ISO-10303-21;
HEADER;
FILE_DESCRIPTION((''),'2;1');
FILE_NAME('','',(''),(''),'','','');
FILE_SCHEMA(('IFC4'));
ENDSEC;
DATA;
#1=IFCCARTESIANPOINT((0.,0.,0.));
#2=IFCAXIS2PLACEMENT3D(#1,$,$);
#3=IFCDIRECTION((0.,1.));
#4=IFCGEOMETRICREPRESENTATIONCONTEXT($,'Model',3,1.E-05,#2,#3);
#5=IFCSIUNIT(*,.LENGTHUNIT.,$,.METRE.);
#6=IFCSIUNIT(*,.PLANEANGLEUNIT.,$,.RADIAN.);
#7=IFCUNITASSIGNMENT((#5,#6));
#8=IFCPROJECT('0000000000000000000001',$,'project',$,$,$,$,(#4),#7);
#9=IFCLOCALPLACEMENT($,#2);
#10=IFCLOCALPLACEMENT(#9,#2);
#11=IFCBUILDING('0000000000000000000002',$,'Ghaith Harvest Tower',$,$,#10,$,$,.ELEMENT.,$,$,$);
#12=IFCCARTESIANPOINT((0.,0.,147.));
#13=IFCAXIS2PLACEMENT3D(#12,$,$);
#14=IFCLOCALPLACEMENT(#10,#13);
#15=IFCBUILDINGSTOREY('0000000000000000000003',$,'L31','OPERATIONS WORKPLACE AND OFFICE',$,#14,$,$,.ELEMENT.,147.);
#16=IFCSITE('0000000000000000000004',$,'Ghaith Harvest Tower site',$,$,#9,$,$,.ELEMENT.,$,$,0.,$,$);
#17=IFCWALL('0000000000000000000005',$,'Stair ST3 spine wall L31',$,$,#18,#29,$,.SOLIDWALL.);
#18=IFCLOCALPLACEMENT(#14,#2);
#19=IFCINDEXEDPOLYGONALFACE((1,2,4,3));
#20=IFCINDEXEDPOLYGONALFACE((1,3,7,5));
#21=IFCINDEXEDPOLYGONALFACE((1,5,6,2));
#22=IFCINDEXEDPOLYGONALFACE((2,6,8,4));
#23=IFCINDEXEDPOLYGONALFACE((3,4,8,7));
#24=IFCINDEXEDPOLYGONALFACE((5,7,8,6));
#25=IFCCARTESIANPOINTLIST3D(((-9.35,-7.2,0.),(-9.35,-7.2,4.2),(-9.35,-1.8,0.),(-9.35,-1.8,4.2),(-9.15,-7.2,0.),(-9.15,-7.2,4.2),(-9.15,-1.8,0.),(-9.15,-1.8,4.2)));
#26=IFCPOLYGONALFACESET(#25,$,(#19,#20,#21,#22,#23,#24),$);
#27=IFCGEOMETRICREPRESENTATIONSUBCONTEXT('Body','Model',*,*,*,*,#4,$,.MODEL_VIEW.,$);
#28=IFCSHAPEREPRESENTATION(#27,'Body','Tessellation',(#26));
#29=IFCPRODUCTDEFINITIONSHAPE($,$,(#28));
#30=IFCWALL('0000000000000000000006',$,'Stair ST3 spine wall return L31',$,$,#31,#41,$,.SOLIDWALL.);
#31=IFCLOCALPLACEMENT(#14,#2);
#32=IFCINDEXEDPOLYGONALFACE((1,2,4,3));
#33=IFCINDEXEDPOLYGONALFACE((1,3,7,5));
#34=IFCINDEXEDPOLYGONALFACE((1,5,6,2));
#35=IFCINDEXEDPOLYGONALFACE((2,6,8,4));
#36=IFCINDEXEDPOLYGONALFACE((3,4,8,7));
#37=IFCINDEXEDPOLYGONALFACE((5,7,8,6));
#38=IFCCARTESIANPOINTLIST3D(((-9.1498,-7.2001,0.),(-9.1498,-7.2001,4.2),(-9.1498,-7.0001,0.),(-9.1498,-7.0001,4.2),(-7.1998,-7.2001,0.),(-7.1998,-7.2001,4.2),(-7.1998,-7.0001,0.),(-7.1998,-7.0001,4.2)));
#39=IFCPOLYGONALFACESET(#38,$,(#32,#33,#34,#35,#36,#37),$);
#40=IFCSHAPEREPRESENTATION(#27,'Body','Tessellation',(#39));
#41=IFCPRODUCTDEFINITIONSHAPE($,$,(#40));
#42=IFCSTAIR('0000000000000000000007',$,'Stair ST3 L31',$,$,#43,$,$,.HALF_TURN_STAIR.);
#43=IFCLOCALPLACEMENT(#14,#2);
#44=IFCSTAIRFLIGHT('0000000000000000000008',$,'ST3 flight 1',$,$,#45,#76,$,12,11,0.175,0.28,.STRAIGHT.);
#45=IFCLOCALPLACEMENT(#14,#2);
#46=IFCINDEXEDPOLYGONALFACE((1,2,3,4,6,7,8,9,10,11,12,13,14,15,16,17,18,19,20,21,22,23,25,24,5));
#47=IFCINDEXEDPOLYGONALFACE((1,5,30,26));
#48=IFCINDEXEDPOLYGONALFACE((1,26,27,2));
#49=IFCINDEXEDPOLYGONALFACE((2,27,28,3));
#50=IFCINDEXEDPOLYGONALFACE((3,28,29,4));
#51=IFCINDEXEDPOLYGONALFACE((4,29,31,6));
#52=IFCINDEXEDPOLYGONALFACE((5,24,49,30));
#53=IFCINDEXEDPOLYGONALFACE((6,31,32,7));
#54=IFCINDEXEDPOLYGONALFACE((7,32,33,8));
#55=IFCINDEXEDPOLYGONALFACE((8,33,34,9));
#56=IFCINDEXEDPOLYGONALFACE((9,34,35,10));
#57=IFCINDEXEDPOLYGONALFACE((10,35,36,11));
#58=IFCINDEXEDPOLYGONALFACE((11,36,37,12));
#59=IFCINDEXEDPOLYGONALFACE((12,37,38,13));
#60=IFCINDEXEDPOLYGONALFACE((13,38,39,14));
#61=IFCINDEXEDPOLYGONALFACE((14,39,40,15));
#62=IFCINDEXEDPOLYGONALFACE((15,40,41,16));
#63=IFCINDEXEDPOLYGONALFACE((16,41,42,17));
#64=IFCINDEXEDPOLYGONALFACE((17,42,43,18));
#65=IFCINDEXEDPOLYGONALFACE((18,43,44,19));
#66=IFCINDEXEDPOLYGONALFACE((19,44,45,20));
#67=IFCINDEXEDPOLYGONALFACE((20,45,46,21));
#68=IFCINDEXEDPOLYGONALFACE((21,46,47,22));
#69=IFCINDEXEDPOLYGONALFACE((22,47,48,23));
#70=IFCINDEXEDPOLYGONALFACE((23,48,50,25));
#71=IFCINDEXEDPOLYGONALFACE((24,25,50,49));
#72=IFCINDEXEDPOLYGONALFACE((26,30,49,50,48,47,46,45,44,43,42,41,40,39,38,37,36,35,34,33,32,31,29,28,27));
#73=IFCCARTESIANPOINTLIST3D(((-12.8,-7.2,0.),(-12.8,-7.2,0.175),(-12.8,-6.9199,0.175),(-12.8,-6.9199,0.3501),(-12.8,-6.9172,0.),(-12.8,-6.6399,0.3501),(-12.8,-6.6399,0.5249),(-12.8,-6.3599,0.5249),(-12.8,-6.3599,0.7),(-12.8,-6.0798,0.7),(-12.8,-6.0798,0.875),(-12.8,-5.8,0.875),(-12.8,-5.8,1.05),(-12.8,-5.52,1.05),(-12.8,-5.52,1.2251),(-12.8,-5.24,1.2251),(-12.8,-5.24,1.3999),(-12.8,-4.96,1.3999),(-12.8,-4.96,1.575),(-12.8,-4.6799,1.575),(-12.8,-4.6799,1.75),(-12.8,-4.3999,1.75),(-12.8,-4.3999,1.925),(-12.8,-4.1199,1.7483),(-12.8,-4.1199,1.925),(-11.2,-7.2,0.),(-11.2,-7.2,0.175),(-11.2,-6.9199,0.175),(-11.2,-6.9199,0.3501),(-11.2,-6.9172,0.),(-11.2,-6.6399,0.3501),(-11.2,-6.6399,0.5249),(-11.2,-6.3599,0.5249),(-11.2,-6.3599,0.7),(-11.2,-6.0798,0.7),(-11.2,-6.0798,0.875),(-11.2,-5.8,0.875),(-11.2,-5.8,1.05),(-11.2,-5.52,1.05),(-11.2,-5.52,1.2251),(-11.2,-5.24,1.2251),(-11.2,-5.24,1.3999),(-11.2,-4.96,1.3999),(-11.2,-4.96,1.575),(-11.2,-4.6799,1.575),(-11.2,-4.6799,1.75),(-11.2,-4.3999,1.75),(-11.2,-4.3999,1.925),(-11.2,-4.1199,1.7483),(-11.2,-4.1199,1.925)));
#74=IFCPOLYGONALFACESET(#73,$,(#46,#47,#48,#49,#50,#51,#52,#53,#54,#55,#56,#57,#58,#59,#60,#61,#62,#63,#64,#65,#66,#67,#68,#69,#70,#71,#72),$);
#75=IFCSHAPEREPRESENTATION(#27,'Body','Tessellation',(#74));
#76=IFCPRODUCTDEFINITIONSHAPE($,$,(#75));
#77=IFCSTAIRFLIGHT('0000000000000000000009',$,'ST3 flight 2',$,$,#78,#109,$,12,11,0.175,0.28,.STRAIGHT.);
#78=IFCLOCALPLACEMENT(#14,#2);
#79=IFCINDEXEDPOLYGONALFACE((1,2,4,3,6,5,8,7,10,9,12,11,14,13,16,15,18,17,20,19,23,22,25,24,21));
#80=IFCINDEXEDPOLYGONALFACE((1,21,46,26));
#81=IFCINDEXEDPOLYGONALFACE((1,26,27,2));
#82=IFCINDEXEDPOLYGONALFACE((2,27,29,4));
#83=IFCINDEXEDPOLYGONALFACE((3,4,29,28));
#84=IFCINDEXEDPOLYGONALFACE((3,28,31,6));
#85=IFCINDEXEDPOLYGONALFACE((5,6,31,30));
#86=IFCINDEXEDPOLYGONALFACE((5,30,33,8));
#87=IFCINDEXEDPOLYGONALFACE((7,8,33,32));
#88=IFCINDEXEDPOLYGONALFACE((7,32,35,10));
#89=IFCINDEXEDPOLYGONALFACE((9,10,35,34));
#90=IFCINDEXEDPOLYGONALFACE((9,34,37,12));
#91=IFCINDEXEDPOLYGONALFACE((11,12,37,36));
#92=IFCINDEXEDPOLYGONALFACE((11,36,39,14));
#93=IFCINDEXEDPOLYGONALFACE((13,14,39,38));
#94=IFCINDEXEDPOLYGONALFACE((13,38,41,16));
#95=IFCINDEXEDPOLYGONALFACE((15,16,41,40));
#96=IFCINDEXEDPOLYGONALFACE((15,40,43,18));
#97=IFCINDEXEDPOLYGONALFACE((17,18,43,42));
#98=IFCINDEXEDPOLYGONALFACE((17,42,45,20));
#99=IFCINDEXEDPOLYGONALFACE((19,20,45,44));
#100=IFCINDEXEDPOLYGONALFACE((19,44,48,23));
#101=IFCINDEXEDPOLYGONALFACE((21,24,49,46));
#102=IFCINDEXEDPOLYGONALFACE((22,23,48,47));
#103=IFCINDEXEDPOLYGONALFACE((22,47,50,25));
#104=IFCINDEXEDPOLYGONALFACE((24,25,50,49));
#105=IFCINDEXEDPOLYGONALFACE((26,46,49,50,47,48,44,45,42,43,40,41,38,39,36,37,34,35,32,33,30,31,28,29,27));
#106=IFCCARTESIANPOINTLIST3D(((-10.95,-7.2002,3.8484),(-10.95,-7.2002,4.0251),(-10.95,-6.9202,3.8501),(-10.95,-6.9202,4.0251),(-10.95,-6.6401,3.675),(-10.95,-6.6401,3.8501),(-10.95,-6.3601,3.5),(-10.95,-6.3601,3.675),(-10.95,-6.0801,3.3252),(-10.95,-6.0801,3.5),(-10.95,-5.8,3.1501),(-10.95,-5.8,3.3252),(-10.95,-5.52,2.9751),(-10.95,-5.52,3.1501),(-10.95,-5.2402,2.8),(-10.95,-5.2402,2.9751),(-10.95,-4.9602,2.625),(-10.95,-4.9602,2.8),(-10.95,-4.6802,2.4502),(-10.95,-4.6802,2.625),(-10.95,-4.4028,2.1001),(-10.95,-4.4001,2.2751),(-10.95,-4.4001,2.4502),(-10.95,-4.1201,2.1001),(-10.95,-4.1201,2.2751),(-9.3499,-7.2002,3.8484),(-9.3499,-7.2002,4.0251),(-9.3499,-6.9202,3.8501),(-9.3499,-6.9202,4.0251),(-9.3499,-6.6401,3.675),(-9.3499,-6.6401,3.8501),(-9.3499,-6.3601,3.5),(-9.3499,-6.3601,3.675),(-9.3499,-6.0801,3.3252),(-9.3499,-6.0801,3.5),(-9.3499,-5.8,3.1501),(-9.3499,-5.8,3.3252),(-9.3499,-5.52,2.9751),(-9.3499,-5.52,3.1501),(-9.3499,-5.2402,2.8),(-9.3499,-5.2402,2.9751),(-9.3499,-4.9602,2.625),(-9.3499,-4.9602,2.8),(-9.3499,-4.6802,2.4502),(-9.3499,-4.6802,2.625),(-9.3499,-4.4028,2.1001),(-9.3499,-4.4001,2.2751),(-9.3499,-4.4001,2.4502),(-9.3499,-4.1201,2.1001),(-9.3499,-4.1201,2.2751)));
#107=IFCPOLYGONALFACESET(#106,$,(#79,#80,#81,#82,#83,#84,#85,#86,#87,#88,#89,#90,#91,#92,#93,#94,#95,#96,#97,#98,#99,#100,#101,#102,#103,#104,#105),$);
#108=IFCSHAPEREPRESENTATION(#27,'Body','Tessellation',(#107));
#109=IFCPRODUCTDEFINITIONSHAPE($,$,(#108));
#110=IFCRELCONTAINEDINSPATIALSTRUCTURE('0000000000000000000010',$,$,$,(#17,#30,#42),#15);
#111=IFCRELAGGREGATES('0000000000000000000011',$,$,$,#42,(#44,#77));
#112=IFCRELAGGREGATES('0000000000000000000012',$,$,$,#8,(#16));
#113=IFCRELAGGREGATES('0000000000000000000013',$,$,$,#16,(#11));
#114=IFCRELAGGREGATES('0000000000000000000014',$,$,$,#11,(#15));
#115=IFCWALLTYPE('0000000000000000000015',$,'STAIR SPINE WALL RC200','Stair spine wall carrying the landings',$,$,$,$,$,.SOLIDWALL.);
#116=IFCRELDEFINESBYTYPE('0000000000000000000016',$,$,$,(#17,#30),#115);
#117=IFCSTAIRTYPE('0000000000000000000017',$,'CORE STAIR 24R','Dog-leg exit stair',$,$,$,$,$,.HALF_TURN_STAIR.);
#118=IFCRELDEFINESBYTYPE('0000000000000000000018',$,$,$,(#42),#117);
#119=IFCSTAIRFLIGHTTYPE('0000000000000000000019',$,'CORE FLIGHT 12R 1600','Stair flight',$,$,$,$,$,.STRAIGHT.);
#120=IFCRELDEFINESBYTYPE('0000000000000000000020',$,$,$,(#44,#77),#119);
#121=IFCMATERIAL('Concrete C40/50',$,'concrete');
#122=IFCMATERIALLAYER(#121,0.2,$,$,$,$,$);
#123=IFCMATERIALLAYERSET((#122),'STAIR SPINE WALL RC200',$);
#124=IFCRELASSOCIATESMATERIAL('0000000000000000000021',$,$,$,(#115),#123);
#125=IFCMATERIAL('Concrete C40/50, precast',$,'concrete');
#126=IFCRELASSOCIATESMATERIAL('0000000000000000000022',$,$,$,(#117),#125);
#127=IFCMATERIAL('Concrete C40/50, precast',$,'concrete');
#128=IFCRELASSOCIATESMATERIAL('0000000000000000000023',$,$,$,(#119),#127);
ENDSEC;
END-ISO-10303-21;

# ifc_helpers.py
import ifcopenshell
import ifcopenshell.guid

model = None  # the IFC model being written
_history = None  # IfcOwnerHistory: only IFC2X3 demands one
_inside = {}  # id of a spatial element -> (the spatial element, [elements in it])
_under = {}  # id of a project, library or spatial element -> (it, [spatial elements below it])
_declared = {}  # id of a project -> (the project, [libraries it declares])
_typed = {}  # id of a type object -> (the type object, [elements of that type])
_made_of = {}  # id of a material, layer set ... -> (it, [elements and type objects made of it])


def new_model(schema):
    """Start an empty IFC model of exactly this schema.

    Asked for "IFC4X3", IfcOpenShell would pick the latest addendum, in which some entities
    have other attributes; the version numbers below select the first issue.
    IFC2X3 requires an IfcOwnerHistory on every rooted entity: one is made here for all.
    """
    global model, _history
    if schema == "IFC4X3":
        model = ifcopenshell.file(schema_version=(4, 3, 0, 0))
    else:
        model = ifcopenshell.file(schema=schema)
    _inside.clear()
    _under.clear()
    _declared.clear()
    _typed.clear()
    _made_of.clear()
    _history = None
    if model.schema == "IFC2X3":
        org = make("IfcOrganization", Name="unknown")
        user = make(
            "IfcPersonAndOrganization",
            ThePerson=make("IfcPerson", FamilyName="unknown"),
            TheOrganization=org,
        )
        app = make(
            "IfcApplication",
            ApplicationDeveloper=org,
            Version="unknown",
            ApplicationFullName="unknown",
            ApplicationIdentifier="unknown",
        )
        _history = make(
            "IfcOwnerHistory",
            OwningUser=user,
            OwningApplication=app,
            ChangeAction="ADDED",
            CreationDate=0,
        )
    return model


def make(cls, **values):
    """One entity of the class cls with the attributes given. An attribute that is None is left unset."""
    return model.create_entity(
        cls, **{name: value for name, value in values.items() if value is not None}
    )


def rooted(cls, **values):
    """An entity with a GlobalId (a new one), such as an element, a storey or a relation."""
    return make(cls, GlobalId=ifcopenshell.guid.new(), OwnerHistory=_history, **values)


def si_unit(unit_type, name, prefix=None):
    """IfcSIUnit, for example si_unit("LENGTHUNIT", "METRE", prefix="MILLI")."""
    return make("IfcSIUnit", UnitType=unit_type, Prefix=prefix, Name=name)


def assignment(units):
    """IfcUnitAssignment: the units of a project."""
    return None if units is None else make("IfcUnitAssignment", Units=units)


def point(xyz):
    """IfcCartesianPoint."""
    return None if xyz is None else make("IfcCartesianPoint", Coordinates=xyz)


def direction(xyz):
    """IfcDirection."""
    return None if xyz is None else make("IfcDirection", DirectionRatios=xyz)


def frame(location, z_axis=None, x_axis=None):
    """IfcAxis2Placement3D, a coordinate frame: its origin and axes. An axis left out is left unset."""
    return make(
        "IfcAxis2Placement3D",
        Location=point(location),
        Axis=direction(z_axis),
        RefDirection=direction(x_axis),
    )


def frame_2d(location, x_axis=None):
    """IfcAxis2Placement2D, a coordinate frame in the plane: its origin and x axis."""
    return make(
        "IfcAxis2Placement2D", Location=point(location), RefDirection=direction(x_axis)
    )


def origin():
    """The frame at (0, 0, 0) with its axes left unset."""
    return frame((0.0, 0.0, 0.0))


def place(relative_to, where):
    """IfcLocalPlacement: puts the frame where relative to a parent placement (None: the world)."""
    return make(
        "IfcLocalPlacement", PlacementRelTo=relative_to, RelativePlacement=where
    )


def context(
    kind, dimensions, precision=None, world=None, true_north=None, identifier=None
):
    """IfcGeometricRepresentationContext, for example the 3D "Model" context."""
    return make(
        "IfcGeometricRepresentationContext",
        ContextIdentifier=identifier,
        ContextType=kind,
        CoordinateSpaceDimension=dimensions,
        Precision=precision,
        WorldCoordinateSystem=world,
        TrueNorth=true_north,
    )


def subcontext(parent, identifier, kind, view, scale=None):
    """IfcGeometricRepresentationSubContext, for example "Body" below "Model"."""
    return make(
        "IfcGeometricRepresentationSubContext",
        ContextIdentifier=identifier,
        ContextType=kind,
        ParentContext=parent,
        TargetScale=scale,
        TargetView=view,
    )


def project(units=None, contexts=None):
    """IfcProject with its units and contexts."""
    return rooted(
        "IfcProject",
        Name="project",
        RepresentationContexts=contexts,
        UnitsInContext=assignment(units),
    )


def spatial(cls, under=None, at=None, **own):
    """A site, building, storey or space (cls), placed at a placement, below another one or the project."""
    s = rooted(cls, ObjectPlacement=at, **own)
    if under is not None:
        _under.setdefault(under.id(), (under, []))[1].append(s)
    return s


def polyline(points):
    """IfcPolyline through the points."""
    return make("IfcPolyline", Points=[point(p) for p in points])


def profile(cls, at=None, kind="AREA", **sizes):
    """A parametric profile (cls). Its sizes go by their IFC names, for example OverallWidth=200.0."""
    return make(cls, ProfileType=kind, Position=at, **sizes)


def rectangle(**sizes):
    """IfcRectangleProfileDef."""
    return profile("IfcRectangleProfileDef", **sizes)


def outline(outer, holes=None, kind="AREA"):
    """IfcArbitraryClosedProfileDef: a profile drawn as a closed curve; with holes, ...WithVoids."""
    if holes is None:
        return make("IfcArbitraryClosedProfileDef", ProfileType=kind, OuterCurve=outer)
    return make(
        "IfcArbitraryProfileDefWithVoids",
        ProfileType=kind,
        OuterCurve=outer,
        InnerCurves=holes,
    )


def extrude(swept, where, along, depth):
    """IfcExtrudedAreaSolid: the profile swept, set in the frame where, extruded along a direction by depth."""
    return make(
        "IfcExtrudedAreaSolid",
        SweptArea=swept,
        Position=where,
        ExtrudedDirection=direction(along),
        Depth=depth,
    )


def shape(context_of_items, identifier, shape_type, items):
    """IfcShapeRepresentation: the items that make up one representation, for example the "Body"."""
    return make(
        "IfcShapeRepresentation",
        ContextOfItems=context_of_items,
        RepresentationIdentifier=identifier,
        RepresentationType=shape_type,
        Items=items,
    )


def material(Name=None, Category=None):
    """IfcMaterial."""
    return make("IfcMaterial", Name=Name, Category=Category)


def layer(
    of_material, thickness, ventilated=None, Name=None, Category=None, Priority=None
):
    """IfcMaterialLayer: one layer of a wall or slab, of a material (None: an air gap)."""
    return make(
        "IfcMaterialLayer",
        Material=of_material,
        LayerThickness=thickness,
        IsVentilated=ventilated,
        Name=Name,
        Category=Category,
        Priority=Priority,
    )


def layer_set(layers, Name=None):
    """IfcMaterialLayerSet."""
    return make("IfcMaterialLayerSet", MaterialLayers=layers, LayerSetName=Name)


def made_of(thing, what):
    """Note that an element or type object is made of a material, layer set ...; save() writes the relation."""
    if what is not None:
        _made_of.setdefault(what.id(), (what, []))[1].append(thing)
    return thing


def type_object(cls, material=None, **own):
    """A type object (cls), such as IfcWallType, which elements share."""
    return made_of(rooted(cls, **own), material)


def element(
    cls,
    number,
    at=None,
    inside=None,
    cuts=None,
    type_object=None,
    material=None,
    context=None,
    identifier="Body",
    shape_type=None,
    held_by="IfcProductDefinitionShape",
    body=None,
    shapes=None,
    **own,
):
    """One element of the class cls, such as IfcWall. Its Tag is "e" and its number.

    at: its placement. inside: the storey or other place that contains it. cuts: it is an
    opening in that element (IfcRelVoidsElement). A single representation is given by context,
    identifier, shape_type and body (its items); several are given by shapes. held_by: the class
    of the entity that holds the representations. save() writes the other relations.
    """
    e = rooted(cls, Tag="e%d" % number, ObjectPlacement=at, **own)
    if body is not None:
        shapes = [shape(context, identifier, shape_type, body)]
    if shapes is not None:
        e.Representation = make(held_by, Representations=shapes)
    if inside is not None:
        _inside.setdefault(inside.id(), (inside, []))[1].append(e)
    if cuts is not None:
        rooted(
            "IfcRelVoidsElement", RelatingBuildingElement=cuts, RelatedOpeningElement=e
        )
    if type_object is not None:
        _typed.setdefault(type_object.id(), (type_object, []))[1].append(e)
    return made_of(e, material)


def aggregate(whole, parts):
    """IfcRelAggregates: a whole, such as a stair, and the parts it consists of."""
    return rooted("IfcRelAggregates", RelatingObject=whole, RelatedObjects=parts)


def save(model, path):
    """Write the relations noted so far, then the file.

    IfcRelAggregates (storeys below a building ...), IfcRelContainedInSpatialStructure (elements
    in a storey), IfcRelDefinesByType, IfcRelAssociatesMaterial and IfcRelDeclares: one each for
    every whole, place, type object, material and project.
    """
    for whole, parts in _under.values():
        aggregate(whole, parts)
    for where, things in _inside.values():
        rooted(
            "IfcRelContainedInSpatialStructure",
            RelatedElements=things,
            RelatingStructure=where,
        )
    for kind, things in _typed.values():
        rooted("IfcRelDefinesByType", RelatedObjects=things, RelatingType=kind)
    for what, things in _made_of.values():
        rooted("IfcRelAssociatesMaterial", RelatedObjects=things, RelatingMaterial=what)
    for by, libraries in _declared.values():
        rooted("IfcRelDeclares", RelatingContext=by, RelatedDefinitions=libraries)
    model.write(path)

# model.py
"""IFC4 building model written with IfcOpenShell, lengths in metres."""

from ifc_helpers import new_model, si_unit, direction, frame, frame_2d, origin, place, context, subcontext, project, spatial, polyline, rectangle, outline, extrude, material, layer, layer_set, type_object, element, aggregate, save


model = new_model("IFC4")

# Units and contexts
model_context = context("Model", 3, precision=1e-05, world=origin(), true_north=direction((0.0, 1.0)))
body_context = subcontext(model_context, "Body", "Model", "MODEL_VIEW")
ifc_project = project(units=[si_unit("LENGTHUNIT", "METRE"), si_unit("PLANEANGLEUNIT", "RADIAN")], contexts=[model_context])

# Site, building, storey
site_placement = place(None, origin())
site = spatial("IfcSite", under=ifc_project, at=site_placement, Name="Ghaith Harvest Tower site", CompositionType="ELEMENT", RefElevation=0.0)
building_placement = place(site_placement, origin())
building = spatial("IfcBuilding", under=site, at=building_placement, Name="Ghaith Harvest Tower", CompositionType="ELEMENT")
storey_placement = place(building_placement, frame((0.0, 0.0, 147.0)))
storey = spatial("IfcBuildingStorey", under=building, at=storey_placement, Name="L31", Description="OPERATIONS WORKPLACE AND OFFICE", CompositionType="ELEMENT", Elevation=147.0)

# Walls
ifc_material_1 = material(Name="Concrete C40/50", Category="concrete")
ifc_layer_1 = layer(ifc_material_1, 0.2)
ifc_layer_set_1 = layer_set([ifc_layer_1], Name="STAIR SPINE WALL RC200")
wall_type_1 = type_object("IfcWallType", Name="STAIR SPINE WALL RC200", Description="Stair spine wall carrying the landings", PredefinedType="SOLIDWALL", material=ifc_layer_set_1)
wall_1_placement = place(storey_placement, frame((-9.25, -7.2, 0.0), z_axis=(0.0, 0.0, 1.0), x_axis=(0.0, 1.0, 0.0)))
element("IfcWall", 1, at=wall_1_placement, inside=storey, type_object=wall_type_1, Name="Stair ST3 spine wall L31", PredefinedType="SOLIDWALL", context=body_context, shape_type="SweptSolid", body=[
    extrude(rectangle(XDim=5.3999, YDim=0.2, at=frame_2d((2.7, 0.0))), origin(), (0.0, 0.0, 1.0), 4.2),
])
wall_2_placement = place(storey_placement, frame((-9.1499, -7.1001, 0.0), z_axis=(0.0, 0.0, 1.0), x_axis=(1.0, 0.0, 0.0)))
element("IfcWall", 2, at=wall_2_placement, inside=storey, type_object=wall_type_1, Name="Stair ST3 spine wall return L31", PredefinedType="SOLIDWALL", context=body_context, shape_type="SweptSolid", body=[
    extrude(rectangle(XDim=1.95, YDim=0.2, at=frame_2d((0.9751, 0.0))), origin(), (0.0, 0.0, 1.0), 4.2),
])

# Stair, stair flights
ifc_material_2 = material(Name="Concrete C40/50, precast", Category="concrete")
stair_type = type_object("IfcStairType", Name="CORE STAIR 24R", Description="Dog-leg exit stair", PredefinedType="HALF_TURN_STAIR", material=ifc_material_2)
stair_placement = place(storey_placement, origin())
stair = element("IfcStair", 3, at=stair_placement, inside=storey, type_object=stair_type, Name="Stair ST3 L31", PredefinedType="HALF_TURN_STAIR")
ifc_material_3 = material(Name="Concrete C40/50, precast", Category="concrete")
stair_flight_type = type_object("IfcStairFlightType", Name="CORE FLIGHT 12R 1600", Description="Stair flight", PredefinedType="STRAIGHT", material=ifc_material_3)
stair_flight_1_placement = place(storey_placement, frame((-12.0, -7.2, 0.0), z_axis=(0.0, 0.0, 1.0), x_axis=(0.0, 1.0, 0.0)))
stair_flight_1 = element("IfcStairFlight", 4, at=stair_flight_1_placement, type_object=stair_flight_type, Name="ST3 flight 1", NumberOfRisers=12, NumberOfTreads=11, PredefinedType="STRAIGHT", RiserHeight=0.175, TreadLength=0.28, context=body_context, shape_type="SweptSolid", body=[
    extrude(outline(polyline([(0.0, 0.0), (0.0, 0.175), (0.28, 0.175), (0.28, 0.3501), (0.5601, 0.3501), (0.5601, 0.5249), (0.8401, 0.5249), (0.8401, 0.7), (1.1201, 0.7), (1.1201, 0.875), (1.3999, 0.875), (1.3999, 1.05), (1.6799, 1.05), (1.6799, 1.2251), (1.96, 1.2251), (1.96, 1.3999), (2.24, 1.3999), (2.24, 1.575), (2.52, 1.575), (2.52, 1.75), (2.8, 1.75), (2.8, 1.925), (3.0801, 1.925), (3.0801, 2.1001), (3.0801, 1.7483), (0.2827, 0.0), (0.0, 0.0)])), frame((0.0, 0.8, 0.0), z_axis=(0.0, -1.0, 0.0), x_axis=(1.0, 0.0, 0.0)), (0.0, 0.0, 1.0), 1.6001),
])
stair_flight_2_placement = place(storey_placement, frame((-10.1499, -4.1201, 2.1001), z_axis=(0.0, 0.0, 1.0), x_axis=(0.0, -1.0, 0.0)))
stair_flight_2 = element("IfcStairFlight", 5, at=stair_flight_2_placement, type_object=stair_flight_type, Name="ST3 flight 2", NumberOfRisers=12, NumberOfTreads=11, PredefinedType="STRAIGHT", RiserHeight=0.175, TreadLength=0.28, context=body_context, shape_type="SweptSolid", body=[
    extrude(outline(polyline([(0.0, 0.0), (0.0, 0.175), (0.28, 0.175), (0.28, 0.3501), (0.5601, 0.3501), (0.5601, 0.5249), (0.8401, 0.5249), (0.8401, 0.7), (1.1201, 0.7), (1.1201, 0.875), (1.3999, 0.875), (1.3999, 1.05), (1.6799, 1.05), (1.6799, 1.2251), (1.96, 1.2251), (1.96, 1.3999), (2.24, 1.3999), (2.24, 1.575), (2.52, 1.575), (2.52, 1.75), (2.8, 1.75), (2.8, 1.925), (3.0801, 1.925), (3.0801, 2.1001), (3.0801, 1.7483), (0.2827, 0.0), (0.0, 0.0)])), frame((0.0, 0.8, 0.0), z_axis=(0.0, -1.0, 0.0), x_axis=(1.0, 0.0, 0.0)), (0.0, 0.0, 1.0), 1.6001),
])
aggregate(stair, [stair_flight_1, stair_flight_2])

save(model, "model.ifc")
